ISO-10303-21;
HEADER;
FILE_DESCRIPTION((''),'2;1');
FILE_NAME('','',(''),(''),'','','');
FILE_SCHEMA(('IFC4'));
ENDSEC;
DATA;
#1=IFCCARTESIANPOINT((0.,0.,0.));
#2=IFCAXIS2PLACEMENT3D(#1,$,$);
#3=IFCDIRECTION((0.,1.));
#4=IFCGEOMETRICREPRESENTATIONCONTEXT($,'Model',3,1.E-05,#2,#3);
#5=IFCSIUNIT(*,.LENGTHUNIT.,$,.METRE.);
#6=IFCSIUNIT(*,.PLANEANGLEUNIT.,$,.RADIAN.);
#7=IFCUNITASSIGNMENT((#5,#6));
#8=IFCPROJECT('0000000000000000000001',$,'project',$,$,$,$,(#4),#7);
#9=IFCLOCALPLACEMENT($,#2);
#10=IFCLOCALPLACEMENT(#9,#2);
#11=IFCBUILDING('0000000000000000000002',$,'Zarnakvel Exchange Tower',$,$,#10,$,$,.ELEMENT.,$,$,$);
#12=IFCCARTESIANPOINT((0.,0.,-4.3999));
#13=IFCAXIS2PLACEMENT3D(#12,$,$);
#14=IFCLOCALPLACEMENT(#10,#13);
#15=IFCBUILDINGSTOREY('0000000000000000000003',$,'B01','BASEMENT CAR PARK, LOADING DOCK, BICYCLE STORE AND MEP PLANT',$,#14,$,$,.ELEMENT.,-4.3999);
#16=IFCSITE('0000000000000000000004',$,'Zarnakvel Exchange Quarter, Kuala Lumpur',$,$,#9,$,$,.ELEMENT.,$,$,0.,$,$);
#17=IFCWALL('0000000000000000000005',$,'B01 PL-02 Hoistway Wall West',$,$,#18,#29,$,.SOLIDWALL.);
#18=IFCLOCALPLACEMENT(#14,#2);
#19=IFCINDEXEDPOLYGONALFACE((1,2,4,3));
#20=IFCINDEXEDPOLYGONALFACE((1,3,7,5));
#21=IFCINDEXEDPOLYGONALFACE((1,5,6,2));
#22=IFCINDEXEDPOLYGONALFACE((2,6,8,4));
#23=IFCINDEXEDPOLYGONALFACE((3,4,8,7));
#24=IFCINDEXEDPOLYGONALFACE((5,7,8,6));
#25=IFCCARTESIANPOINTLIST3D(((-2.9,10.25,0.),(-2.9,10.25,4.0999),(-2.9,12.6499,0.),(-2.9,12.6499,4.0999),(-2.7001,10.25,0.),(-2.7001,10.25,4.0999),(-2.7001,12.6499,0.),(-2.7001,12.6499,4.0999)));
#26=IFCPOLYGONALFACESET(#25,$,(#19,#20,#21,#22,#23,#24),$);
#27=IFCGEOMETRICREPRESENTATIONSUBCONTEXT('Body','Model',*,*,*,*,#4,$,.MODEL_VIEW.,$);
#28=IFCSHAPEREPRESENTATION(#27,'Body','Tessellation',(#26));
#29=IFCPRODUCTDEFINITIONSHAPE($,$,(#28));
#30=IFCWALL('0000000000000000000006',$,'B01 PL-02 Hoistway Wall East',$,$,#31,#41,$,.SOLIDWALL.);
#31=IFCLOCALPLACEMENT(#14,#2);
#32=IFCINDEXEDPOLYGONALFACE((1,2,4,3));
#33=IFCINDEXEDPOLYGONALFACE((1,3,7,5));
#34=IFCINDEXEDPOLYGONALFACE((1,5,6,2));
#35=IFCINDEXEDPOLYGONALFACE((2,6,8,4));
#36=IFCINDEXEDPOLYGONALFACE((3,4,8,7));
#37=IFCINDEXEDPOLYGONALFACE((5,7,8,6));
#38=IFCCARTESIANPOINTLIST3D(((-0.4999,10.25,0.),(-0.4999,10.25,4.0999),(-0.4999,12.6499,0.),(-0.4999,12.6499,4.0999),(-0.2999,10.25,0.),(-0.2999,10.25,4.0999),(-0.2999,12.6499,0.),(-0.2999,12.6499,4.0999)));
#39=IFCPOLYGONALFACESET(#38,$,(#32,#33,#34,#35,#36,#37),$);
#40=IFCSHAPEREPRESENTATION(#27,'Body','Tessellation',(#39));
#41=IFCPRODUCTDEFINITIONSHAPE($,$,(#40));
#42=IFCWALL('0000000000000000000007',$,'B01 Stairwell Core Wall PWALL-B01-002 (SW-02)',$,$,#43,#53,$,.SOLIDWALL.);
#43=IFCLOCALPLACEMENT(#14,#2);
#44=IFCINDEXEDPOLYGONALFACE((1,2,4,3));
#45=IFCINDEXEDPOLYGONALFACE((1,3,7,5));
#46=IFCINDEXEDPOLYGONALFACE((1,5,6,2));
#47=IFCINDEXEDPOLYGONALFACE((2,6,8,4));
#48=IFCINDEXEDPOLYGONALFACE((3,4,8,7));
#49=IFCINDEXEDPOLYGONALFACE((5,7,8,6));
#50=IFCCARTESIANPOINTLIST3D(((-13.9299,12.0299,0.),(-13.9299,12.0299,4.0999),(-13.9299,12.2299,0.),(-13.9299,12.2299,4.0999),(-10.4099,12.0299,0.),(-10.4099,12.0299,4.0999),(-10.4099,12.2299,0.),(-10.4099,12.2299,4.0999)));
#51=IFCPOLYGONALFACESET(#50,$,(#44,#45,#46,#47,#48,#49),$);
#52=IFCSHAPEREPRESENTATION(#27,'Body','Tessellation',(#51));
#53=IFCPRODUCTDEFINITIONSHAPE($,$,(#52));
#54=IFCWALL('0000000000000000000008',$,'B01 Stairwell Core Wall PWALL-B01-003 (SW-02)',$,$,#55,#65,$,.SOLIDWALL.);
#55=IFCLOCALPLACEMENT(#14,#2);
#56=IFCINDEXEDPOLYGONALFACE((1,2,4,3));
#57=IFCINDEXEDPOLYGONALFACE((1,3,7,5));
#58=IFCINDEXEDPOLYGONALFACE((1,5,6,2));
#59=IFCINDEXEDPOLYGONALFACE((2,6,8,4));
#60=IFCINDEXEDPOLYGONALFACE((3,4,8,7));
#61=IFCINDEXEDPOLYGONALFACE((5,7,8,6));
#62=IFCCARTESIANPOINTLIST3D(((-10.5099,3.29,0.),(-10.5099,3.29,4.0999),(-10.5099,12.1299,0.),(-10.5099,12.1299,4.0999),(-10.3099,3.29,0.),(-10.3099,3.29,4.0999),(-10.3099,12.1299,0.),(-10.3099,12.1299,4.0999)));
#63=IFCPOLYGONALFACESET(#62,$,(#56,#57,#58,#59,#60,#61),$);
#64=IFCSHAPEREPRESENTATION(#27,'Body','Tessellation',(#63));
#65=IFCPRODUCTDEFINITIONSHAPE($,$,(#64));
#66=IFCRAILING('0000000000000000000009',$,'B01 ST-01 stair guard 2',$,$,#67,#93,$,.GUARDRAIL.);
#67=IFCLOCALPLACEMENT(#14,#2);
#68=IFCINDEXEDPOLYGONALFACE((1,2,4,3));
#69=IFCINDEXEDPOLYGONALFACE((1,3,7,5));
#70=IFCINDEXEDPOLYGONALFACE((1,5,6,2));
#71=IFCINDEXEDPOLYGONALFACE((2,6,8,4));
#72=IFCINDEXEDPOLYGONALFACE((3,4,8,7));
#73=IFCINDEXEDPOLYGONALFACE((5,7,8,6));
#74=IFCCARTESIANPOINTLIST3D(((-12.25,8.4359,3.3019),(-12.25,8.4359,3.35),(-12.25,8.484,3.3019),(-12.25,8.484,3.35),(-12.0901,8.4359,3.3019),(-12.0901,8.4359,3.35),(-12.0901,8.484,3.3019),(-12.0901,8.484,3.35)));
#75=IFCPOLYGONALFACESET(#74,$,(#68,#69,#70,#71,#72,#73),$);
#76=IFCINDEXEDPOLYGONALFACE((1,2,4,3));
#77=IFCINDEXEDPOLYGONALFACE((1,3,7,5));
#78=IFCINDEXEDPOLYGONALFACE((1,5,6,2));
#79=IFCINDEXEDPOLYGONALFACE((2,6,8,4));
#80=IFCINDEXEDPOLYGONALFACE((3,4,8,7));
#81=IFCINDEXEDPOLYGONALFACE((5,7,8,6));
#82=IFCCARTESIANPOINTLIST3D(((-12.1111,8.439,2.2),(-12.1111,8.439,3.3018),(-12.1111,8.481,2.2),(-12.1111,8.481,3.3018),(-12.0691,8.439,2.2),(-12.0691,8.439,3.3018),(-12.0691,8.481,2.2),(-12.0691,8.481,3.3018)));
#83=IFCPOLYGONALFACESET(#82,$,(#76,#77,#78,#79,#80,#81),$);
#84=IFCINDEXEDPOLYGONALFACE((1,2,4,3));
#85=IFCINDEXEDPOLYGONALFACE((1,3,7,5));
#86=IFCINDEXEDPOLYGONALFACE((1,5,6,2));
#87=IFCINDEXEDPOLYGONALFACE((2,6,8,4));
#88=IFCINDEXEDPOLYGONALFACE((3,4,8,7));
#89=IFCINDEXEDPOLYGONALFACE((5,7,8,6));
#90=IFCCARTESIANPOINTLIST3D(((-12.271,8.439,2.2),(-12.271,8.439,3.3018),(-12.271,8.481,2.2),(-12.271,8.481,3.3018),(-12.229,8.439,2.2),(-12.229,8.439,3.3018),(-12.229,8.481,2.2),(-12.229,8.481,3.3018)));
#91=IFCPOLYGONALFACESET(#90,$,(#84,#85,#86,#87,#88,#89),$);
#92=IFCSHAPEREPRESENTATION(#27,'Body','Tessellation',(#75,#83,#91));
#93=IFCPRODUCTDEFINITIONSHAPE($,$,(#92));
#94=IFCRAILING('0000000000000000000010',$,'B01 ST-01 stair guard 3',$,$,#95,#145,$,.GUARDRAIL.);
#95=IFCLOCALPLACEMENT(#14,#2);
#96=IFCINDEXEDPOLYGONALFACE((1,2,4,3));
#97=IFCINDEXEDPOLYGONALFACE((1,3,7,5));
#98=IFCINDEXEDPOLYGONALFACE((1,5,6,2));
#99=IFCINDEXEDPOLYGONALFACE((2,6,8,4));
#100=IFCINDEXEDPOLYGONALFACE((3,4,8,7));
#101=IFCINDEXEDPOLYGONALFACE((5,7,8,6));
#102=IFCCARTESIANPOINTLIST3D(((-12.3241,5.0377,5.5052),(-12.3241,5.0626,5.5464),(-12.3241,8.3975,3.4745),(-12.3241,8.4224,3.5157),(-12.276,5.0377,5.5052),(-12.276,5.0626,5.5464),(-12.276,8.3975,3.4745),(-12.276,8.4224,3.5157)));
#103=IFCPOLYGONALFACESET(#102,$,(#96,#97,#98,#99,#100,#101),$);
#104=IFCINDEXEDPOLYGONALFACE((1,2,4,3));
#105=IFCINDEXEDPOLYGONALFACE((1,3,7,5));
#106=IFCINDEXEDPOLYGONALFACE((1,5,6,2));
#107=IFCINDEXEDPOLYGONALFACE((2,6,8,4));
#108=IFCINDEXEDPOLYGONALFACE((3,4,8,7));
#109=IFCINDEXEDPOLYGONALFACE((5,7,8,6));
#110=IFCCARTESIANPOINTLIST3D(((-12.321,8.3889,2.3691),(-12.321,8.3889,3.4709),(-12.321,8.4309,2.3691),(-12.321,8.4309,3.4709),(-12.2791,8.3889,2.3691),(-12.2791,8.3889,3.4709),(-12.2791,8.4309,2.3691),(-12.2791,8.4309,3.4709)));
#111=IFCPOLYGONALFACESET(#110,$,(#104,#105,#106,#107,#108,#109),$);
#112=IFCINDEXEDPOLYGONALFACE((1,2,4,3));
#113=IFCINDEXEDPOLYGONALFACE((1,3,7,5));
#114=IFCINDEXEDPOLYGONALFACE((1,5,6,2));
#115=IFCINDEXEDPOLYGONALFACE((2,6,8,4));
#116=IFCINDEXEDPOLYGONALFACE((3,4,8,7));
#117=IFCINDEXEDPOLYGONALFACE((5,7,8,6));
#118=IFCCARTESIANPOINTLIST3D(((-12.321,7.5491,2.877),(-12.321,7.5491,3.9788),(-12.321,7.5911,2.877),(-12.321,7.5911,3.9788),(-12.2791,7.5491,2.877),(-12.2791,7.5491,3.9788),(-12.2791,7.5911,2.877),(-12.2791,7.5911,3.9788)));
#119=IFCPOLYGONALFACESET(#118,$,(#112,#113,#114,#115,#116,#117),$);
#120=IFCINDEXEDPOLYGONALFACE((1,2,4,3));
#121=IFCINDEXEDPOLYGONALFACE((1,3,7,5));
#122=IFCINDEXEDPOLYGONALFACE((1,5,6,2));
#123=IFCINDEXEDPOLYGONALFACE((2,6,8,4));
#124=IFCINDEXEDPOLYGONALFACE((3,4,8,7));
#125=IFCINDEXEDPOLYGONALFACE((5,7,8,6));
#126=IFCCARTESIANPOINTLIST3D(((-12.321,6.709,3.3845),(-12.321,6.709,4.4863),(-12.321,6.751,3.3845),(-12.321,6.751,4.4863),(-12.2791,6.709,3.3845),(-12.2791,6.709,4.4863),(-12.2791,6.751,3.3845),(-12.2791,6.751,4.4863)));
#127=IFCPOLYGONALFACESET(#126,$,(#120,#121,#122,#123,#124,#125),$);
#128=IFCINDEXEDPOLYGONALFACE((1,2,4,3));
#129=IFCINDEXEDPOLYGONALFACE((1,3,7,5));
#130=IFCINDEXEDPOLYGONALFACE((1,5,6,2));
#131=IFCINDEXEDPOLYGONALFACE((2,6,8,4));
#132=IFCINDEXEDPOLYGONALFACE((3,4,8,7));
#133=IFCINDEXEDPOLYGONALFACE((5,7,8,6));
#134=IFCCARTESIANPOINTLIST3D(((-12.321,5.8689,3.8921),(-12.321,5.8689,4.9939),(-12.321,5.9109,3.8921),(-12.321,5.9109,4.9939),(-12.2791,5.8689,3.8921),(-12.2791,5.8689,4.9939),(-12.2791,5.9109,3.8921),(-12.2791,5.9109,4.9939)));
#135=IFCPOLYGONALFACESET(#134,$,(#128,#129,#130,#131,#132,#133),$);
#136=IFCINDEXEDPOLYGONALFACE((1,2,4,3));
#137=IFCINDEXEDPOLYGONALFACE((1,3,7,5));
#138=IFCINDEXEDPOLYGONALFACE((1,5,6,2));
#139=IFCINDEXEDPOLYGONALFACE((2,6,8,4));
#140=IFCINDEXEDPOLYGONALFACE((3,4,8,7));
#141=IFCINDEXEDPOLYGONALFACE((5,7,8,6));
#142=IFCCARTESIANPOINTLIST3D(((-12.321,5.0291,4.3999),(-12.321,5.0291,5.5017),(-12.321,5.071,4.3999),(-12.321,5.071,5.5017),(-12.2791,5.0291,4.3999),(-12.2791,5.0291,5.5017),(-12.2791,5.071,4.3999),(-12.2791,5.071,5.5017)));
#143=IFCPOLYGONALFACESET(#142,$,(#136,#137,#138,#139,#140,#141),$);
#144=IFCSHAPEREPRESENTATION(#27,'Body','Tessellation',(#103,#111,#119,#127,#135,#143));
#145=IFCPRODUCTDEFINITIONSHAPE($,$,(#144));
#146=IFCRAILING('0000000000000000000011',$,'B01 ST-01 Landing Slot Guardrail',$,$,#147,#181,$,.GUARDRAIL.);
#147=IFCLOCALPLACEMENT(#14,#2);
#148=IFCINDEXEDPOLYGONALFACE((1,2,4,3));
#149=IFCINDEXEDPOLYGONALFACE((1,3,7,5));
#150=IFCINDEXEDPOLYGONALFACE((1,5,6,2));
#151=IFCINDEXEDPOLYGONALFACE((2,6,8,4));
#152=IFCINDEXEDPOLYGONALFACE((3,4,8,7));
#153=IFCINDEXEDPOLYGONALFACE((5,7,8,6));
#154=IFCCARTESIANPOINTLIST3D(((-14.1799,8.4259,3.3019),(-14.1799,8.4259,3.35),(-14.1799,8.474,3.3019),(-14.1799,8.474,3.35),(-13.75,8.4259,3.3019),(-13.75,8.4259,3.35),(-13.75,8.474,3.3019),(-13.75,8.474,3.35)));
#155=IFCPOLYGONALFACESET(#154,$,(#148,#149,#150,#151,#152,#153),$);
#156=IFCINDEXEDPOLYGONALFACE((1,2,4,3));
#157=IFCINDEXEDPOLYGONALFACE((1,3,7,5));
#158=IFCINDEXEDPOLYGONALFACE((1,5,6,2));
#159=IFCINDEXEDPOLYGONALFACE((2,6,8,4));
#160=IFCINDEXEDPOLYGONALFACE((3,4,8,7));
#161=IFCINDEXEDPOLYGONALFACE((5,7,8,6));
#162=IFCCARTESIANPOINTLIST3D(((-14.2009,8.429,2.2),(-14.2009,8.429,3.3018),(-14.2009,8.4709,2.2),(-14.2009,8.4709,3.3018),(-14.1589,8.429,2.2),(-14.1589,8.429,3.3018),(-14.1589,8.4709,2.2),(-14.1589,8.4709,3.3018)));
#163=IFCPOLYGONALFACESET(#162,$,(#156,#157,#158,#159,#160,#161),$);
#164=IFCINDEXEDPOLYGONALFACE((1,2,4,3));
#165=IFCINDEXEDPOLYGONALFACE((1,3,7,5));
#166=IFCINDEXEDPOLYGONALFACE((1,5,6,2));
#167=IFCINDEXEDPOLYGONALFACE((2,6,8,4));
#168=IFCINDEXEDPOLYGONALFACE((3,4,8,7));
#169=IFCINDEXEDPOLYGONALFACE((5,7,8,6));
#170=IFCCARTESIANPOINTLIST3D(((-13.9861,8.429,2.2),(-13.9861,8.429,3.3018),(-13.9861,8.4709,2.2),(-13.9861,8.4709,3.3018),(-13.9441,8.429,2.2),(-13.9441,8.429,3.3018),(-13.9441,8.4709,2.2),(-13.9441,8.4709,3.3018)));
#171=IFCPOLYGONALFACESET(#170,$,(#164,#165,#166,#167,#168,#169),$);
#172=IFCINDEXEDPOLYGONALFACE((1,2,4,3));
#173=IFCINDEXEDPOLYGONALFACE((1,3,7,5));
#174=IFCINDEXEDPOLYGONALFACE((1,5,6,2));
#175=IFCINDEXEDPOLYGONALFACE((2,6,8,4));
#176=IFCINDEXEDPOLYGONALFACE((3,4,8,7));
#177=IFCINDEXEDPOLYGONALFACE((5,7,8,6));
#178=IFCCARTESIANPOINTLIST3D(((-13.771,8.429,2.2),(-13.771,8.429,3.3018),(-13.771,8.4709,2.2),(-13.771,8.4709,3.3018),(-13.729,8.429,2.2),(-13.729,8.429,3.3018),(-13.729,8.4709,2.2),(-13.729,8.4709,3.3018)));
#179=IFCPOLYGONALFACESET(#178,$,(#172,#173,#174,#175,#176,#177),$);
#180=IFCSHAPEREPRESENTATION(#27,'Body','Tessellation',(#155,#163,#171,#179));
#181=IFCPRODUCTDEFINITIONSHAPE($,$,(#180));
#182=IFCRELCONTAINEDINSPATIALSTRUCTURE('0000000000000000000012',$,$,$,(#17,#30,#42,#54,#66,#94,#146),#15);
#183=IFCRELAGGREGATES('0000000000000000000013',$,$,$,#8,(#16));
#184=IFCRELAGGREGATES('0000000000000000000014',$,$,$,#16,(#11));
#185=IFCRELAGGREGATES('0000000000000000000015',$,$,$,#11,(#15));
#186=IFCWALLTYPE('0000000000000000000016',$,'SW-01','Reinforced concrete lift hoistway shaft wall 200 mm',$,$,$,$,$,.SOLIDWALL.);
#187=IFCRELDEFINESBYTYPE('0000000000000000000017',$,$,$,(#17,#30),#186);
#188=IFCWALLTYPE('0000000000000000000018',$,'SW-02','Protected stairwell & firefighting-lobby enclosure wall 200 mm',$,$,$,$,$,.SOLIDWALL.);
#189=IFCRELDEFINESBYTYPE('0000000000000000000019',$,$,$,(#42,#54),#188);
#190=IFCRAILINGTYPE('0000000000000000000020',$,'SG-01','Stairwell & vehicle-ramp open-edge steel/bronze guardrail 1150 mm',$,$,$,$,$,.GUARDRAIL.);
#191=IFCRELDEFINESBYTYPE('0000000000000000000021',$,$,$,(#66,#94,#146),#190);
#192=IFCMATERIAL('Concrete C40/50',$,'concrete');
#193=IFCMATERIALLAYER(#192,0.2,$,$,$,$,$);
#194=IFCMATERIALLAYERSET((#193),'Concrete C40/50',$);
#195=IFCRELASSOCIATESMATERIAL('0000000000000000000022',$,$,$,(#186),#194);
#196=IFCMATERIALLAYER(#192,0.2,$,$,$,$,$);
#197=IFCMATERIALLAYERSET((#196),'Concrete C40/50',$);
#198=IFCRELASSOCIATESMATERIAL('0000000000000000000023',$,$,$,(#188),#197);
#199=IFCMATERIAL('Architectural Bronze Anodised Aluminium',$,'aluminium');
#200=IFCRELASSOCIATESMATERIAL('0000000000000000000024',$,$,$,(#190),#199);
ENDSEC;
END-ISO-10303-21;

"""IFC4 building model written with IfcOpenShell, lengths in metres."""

from ifc_helpers import new_model, si_unit, direction, frame, frame_2d, origin, origin_2d, place, context, subcontext, project, spatial, rectangle, extrude, material, layer, layer_set, type_object, element, save


model = new_model("IFC4")

# Units and contexts
model_context = context("Model", 3, precision=1e-05, world=origin(), true_north=direction((0.0, 1.0)))
body_context = subcontext(model_context, "Body", "Model", "MODEL_VIEW")
ifc_project = project(units=[si_unit("LENGTHUNIT", "METRE"), si_unit("PLANEANGLEUNIT", "RADIAN")], contexts=[model_context])

# Site, building, storey
site_placement = place(None, origin())
site = spatial("IfcSite", under=ifc_project, at=site_placement, Name="Zarnakvel Exchange Quarter, Kuala Lumpur", CompositionType="ELEMENT", RefElevation=0.0)
building_placement = place(site_placement, origin())
building = spatial("IfcBuilding", under=site, at=building_placement, Name="Zarnakvel Exchange Tower", CompositionType="ELEMENT")
storey_placement = place(building_placement, frame((0.0, 0.0, -4.3999)))
storey = spatial("IfcBuildingStorey", under=building, at=storey_placement, Name="B01", Description="BASEMENT CAR PARK, LOADING DOCK, BICYCLE STORE AND MEP PLANT", CompositionType="ELEMENT", Elevation=-4.3999)

# Shared definitions
ifc_material_1 = material(Name="Concrete C40/50", Category="concrete")
ifc_layer_1 = layer(ifc_material_1, 0.2)
ifc_layer_set_1 = layer_set([ifc_layer_1], Name="Concrete C40/50")
wall_type_1 = type_object("IfcWallType", Name="SW-01", Description="Reinforced concrete lift hoistway shaft wall 200 mm", PredefinedType="SOLIDWALL", material=ifc_layer_set_1)
ifc_material_2 = material(Name="Architectural Bronze Anodised Aluminium", Category="aluminium")

# Walls
for number, where, z_axis, x_axis, name in (
    (1, (-2.8, 10.25, 0.0), (0.0, 0.0, 1.0), (0.0, 1.0, 0.0), "B01 PL-02 Hoistway Wall West"),
    (2, (-0.3999, 12.6499, 0.0), (0.0, 0.0, 1.0), (0.0, -1.0, 0.0), "B01 PL-02 Hoistway Wall East"),
):
    element("IfcWall", number, at=place(storey_placement, frame(where, z_axis=z_axis, x_axis=x_axis)), inside=storey, type_object=wall_type_1, Name=name, PredefinedType="SOLIDWALL", context=body_context, shape_type="SweptSolid", body=[
        extrude(rectangle(XDim=2.3999, YDim=0.2, at=frame_2d((1.2, 0.0))), origin(), (0.0, 0.0, 1.0), 4.0999),
    ])
ifc_layer_2 = layer(ifc_material_1, 0.2)
ifc_layer_set_2 = layer_set([ifc_layer_2], Name="Concrete C40/50")
wall_type_2 = type_object("IfcWallType", Name="SW-02", Description="Protected stairwell & firefighting-lobby enclosure wall 200 mm", PredefinedType="SOLIDWALL", material=ifc_layer_set_2)
wall_1_placement = place(storey_placement, frame((-13.9299, 12.1299, 0.0), z_axis=(0.0, 0.0, 1.0), x_axis=(1.0, 0.0, 0.0)))
element("IfcWall", 3, at=wall_1_placement, inside=storey, type_object=wall_type_2, Name="B01 Stairwell Core Wall PWALL-B01-002 (SW-02)", PredefinedType="SOLIDWALL", context=body_context, shape_type="SweptSolid", body=[
    extrude(rectangle(XDim=3.52, YDim=0.2, at=frame_2d((1.76, 0.0))), origin(), (0.0, 0.0, 1.0), 4.0999),
])
wall_2_placement = place(storey_placement, frame((-10.4099, 12.1299, 0.0), z_axis=(0.0, 0.0, 1.0), x_axis=(0.0, -1.0, 0.0)))
element("IfcWall", 4, at=wall_2_placement, inside=storey, type_object=wall_type_2, Name="B01 Stairwell Core Wall PWALL-B01-003 (SW-02)", PredefinedType="SOLIDWALL", context=body_context, shape_type="SweptSolid", body=[
    extrude(rectangle(XDim=8.8398, YDim=0.2, at=frame_2d((4.4199, 0.0))), origin(), (0.0, 0.0, 1.0), 4.0999),
])

# Railings
railing_type = type_object("IfcRailingType", Name="SG-01", Description="Stairwell & vehicle-ramp open-edge steel/bronze guardrail 1150 mm", PredefinedType="GUARDRAIL", material=ifc_material_2)
railing_1_placement = place(storey_placement, frame((-12.0901, 8.46, 2.2)))
element("IfcRailing", 5, at=railing_1_placement, inside=storey, type_object=railing_type, Name="B01 ST-01 stair guard 2", PredefinedType="GUARDRAIL", context=body_context, shape_type="SweptSolid", body=[
    extrude(rectangle(XDim=0.0481, YDim=0.0481, at=origin_2d()), frame((0.0, 0.0, 1.126), z_axis=(-1.0, 0.0, 0.0), x_axis=(0.0, -1.0, 0.0)), (0.0, 0.0, 1.0), 0.1599),
    extrude(rectangle(XDim=0.042, YDim=0.042, at=origin_2d()), origin(), (0.0, 0.0, 1.0), 1.1018),
    extrude(rectangle(XDim=0.042, YDim=0.042, at=origin_2d()), frame((-0.1599, 0.0, 0.0)), (0.0, 0.0, 1.0), 1.1018),
])
railing_2_placement = place(storey_placement, frame((-12.3, 8.4099, 2.3691)))
element("IfcRailing", 6, at=railing_2_placement, inside=storey, type_object=railing_type, Name="B01 ST-01 stair guard 3", PredefinedType="GUARDRAIL", context=body_context, shape_type="SweptSolid", body=[
    extrude(rectangle(XDim=0.0481, YDim=0.0481, at=origin_2d()), frame((0.0, 0.0, 1.126), z_axis=(0.0, -0.85582, 0.517273), x_axis=(1.0, 0.0, 0.0)), (0.0, 0.0, 1.0), 3.9258),
    extrude(rectangle(XDim=0.042, YDim=0.042, at=origin_2d()), origin(), (0.0, 0.0, 1.0), 1.1018),
    extrude(rectangle(XDim=0.042, YDim=0.042, at=origin_2d()), frame((0.0, -0.8398, 0.5078)), (0.0, 0.0, 1.0), 1.1018),
    extrude(rectangle(XDim=0.042, YDim=0.042, at=origin_2d()), frame((0.0, -1.6799, 1.0154)), (0.0, 0.0, 1.0), 1.1018),
    extrude(rectangle(XDim=0.042, YDim=0.042, at=origin_2d()), frame((0.0, -2.52, 1.5229)), (0.0, 0.0, 1.0), 1.1018),
    extrude(rectangle(XDim=0.042, YDim=0.042, at=origin_2d()), frame((0.0, -3.3599, 2.0308)), (0.0, 0.0, 1.0), 1.1018),
])
railing_3_placement = place(storey_placement, frame((-14.1799, 8.45, 2.2)))
element("IfcRailing", 7, at=railing_3_placement, inside=storey, type_object=railing_type, Name="B01 ST-01 Landing Slot Guardrail", PredefinedType="GUARDRAIL", context=body_context, shape_type="SweptSolid", body=[
    extrude(rectangle(XDim=0.0481, YDim=0.0481, at=origin_2d()), frame((0.0, 0.0, 1.126), z_axis=(1.0, 0.0, 0.0), x_axis=(0.0, 1.0, 0.0)), (0.0, 0.0, 1.0), 0.4299),
    extrude(rectangle(XDim=0.042, YDim=0.042, at=origin_2d()), origin(), (0.0, 0.0, 1.0), 1.1018),
    extrude(rectangle(XDim=0.042, YDim=0.042, at=origin_2d()), frame((0.2148, 0.0, 0.0)), (0.0, 0.0, 1.0), 1.1018),
    extrude(rectangle(XDim=0.042, YDim=0.042, at=origin_2d()), frame((0.4299, 0.0, 0.0)), (0.0, 0.0, 1.0), 1.1018),
])

save(model, "model.ifc")
